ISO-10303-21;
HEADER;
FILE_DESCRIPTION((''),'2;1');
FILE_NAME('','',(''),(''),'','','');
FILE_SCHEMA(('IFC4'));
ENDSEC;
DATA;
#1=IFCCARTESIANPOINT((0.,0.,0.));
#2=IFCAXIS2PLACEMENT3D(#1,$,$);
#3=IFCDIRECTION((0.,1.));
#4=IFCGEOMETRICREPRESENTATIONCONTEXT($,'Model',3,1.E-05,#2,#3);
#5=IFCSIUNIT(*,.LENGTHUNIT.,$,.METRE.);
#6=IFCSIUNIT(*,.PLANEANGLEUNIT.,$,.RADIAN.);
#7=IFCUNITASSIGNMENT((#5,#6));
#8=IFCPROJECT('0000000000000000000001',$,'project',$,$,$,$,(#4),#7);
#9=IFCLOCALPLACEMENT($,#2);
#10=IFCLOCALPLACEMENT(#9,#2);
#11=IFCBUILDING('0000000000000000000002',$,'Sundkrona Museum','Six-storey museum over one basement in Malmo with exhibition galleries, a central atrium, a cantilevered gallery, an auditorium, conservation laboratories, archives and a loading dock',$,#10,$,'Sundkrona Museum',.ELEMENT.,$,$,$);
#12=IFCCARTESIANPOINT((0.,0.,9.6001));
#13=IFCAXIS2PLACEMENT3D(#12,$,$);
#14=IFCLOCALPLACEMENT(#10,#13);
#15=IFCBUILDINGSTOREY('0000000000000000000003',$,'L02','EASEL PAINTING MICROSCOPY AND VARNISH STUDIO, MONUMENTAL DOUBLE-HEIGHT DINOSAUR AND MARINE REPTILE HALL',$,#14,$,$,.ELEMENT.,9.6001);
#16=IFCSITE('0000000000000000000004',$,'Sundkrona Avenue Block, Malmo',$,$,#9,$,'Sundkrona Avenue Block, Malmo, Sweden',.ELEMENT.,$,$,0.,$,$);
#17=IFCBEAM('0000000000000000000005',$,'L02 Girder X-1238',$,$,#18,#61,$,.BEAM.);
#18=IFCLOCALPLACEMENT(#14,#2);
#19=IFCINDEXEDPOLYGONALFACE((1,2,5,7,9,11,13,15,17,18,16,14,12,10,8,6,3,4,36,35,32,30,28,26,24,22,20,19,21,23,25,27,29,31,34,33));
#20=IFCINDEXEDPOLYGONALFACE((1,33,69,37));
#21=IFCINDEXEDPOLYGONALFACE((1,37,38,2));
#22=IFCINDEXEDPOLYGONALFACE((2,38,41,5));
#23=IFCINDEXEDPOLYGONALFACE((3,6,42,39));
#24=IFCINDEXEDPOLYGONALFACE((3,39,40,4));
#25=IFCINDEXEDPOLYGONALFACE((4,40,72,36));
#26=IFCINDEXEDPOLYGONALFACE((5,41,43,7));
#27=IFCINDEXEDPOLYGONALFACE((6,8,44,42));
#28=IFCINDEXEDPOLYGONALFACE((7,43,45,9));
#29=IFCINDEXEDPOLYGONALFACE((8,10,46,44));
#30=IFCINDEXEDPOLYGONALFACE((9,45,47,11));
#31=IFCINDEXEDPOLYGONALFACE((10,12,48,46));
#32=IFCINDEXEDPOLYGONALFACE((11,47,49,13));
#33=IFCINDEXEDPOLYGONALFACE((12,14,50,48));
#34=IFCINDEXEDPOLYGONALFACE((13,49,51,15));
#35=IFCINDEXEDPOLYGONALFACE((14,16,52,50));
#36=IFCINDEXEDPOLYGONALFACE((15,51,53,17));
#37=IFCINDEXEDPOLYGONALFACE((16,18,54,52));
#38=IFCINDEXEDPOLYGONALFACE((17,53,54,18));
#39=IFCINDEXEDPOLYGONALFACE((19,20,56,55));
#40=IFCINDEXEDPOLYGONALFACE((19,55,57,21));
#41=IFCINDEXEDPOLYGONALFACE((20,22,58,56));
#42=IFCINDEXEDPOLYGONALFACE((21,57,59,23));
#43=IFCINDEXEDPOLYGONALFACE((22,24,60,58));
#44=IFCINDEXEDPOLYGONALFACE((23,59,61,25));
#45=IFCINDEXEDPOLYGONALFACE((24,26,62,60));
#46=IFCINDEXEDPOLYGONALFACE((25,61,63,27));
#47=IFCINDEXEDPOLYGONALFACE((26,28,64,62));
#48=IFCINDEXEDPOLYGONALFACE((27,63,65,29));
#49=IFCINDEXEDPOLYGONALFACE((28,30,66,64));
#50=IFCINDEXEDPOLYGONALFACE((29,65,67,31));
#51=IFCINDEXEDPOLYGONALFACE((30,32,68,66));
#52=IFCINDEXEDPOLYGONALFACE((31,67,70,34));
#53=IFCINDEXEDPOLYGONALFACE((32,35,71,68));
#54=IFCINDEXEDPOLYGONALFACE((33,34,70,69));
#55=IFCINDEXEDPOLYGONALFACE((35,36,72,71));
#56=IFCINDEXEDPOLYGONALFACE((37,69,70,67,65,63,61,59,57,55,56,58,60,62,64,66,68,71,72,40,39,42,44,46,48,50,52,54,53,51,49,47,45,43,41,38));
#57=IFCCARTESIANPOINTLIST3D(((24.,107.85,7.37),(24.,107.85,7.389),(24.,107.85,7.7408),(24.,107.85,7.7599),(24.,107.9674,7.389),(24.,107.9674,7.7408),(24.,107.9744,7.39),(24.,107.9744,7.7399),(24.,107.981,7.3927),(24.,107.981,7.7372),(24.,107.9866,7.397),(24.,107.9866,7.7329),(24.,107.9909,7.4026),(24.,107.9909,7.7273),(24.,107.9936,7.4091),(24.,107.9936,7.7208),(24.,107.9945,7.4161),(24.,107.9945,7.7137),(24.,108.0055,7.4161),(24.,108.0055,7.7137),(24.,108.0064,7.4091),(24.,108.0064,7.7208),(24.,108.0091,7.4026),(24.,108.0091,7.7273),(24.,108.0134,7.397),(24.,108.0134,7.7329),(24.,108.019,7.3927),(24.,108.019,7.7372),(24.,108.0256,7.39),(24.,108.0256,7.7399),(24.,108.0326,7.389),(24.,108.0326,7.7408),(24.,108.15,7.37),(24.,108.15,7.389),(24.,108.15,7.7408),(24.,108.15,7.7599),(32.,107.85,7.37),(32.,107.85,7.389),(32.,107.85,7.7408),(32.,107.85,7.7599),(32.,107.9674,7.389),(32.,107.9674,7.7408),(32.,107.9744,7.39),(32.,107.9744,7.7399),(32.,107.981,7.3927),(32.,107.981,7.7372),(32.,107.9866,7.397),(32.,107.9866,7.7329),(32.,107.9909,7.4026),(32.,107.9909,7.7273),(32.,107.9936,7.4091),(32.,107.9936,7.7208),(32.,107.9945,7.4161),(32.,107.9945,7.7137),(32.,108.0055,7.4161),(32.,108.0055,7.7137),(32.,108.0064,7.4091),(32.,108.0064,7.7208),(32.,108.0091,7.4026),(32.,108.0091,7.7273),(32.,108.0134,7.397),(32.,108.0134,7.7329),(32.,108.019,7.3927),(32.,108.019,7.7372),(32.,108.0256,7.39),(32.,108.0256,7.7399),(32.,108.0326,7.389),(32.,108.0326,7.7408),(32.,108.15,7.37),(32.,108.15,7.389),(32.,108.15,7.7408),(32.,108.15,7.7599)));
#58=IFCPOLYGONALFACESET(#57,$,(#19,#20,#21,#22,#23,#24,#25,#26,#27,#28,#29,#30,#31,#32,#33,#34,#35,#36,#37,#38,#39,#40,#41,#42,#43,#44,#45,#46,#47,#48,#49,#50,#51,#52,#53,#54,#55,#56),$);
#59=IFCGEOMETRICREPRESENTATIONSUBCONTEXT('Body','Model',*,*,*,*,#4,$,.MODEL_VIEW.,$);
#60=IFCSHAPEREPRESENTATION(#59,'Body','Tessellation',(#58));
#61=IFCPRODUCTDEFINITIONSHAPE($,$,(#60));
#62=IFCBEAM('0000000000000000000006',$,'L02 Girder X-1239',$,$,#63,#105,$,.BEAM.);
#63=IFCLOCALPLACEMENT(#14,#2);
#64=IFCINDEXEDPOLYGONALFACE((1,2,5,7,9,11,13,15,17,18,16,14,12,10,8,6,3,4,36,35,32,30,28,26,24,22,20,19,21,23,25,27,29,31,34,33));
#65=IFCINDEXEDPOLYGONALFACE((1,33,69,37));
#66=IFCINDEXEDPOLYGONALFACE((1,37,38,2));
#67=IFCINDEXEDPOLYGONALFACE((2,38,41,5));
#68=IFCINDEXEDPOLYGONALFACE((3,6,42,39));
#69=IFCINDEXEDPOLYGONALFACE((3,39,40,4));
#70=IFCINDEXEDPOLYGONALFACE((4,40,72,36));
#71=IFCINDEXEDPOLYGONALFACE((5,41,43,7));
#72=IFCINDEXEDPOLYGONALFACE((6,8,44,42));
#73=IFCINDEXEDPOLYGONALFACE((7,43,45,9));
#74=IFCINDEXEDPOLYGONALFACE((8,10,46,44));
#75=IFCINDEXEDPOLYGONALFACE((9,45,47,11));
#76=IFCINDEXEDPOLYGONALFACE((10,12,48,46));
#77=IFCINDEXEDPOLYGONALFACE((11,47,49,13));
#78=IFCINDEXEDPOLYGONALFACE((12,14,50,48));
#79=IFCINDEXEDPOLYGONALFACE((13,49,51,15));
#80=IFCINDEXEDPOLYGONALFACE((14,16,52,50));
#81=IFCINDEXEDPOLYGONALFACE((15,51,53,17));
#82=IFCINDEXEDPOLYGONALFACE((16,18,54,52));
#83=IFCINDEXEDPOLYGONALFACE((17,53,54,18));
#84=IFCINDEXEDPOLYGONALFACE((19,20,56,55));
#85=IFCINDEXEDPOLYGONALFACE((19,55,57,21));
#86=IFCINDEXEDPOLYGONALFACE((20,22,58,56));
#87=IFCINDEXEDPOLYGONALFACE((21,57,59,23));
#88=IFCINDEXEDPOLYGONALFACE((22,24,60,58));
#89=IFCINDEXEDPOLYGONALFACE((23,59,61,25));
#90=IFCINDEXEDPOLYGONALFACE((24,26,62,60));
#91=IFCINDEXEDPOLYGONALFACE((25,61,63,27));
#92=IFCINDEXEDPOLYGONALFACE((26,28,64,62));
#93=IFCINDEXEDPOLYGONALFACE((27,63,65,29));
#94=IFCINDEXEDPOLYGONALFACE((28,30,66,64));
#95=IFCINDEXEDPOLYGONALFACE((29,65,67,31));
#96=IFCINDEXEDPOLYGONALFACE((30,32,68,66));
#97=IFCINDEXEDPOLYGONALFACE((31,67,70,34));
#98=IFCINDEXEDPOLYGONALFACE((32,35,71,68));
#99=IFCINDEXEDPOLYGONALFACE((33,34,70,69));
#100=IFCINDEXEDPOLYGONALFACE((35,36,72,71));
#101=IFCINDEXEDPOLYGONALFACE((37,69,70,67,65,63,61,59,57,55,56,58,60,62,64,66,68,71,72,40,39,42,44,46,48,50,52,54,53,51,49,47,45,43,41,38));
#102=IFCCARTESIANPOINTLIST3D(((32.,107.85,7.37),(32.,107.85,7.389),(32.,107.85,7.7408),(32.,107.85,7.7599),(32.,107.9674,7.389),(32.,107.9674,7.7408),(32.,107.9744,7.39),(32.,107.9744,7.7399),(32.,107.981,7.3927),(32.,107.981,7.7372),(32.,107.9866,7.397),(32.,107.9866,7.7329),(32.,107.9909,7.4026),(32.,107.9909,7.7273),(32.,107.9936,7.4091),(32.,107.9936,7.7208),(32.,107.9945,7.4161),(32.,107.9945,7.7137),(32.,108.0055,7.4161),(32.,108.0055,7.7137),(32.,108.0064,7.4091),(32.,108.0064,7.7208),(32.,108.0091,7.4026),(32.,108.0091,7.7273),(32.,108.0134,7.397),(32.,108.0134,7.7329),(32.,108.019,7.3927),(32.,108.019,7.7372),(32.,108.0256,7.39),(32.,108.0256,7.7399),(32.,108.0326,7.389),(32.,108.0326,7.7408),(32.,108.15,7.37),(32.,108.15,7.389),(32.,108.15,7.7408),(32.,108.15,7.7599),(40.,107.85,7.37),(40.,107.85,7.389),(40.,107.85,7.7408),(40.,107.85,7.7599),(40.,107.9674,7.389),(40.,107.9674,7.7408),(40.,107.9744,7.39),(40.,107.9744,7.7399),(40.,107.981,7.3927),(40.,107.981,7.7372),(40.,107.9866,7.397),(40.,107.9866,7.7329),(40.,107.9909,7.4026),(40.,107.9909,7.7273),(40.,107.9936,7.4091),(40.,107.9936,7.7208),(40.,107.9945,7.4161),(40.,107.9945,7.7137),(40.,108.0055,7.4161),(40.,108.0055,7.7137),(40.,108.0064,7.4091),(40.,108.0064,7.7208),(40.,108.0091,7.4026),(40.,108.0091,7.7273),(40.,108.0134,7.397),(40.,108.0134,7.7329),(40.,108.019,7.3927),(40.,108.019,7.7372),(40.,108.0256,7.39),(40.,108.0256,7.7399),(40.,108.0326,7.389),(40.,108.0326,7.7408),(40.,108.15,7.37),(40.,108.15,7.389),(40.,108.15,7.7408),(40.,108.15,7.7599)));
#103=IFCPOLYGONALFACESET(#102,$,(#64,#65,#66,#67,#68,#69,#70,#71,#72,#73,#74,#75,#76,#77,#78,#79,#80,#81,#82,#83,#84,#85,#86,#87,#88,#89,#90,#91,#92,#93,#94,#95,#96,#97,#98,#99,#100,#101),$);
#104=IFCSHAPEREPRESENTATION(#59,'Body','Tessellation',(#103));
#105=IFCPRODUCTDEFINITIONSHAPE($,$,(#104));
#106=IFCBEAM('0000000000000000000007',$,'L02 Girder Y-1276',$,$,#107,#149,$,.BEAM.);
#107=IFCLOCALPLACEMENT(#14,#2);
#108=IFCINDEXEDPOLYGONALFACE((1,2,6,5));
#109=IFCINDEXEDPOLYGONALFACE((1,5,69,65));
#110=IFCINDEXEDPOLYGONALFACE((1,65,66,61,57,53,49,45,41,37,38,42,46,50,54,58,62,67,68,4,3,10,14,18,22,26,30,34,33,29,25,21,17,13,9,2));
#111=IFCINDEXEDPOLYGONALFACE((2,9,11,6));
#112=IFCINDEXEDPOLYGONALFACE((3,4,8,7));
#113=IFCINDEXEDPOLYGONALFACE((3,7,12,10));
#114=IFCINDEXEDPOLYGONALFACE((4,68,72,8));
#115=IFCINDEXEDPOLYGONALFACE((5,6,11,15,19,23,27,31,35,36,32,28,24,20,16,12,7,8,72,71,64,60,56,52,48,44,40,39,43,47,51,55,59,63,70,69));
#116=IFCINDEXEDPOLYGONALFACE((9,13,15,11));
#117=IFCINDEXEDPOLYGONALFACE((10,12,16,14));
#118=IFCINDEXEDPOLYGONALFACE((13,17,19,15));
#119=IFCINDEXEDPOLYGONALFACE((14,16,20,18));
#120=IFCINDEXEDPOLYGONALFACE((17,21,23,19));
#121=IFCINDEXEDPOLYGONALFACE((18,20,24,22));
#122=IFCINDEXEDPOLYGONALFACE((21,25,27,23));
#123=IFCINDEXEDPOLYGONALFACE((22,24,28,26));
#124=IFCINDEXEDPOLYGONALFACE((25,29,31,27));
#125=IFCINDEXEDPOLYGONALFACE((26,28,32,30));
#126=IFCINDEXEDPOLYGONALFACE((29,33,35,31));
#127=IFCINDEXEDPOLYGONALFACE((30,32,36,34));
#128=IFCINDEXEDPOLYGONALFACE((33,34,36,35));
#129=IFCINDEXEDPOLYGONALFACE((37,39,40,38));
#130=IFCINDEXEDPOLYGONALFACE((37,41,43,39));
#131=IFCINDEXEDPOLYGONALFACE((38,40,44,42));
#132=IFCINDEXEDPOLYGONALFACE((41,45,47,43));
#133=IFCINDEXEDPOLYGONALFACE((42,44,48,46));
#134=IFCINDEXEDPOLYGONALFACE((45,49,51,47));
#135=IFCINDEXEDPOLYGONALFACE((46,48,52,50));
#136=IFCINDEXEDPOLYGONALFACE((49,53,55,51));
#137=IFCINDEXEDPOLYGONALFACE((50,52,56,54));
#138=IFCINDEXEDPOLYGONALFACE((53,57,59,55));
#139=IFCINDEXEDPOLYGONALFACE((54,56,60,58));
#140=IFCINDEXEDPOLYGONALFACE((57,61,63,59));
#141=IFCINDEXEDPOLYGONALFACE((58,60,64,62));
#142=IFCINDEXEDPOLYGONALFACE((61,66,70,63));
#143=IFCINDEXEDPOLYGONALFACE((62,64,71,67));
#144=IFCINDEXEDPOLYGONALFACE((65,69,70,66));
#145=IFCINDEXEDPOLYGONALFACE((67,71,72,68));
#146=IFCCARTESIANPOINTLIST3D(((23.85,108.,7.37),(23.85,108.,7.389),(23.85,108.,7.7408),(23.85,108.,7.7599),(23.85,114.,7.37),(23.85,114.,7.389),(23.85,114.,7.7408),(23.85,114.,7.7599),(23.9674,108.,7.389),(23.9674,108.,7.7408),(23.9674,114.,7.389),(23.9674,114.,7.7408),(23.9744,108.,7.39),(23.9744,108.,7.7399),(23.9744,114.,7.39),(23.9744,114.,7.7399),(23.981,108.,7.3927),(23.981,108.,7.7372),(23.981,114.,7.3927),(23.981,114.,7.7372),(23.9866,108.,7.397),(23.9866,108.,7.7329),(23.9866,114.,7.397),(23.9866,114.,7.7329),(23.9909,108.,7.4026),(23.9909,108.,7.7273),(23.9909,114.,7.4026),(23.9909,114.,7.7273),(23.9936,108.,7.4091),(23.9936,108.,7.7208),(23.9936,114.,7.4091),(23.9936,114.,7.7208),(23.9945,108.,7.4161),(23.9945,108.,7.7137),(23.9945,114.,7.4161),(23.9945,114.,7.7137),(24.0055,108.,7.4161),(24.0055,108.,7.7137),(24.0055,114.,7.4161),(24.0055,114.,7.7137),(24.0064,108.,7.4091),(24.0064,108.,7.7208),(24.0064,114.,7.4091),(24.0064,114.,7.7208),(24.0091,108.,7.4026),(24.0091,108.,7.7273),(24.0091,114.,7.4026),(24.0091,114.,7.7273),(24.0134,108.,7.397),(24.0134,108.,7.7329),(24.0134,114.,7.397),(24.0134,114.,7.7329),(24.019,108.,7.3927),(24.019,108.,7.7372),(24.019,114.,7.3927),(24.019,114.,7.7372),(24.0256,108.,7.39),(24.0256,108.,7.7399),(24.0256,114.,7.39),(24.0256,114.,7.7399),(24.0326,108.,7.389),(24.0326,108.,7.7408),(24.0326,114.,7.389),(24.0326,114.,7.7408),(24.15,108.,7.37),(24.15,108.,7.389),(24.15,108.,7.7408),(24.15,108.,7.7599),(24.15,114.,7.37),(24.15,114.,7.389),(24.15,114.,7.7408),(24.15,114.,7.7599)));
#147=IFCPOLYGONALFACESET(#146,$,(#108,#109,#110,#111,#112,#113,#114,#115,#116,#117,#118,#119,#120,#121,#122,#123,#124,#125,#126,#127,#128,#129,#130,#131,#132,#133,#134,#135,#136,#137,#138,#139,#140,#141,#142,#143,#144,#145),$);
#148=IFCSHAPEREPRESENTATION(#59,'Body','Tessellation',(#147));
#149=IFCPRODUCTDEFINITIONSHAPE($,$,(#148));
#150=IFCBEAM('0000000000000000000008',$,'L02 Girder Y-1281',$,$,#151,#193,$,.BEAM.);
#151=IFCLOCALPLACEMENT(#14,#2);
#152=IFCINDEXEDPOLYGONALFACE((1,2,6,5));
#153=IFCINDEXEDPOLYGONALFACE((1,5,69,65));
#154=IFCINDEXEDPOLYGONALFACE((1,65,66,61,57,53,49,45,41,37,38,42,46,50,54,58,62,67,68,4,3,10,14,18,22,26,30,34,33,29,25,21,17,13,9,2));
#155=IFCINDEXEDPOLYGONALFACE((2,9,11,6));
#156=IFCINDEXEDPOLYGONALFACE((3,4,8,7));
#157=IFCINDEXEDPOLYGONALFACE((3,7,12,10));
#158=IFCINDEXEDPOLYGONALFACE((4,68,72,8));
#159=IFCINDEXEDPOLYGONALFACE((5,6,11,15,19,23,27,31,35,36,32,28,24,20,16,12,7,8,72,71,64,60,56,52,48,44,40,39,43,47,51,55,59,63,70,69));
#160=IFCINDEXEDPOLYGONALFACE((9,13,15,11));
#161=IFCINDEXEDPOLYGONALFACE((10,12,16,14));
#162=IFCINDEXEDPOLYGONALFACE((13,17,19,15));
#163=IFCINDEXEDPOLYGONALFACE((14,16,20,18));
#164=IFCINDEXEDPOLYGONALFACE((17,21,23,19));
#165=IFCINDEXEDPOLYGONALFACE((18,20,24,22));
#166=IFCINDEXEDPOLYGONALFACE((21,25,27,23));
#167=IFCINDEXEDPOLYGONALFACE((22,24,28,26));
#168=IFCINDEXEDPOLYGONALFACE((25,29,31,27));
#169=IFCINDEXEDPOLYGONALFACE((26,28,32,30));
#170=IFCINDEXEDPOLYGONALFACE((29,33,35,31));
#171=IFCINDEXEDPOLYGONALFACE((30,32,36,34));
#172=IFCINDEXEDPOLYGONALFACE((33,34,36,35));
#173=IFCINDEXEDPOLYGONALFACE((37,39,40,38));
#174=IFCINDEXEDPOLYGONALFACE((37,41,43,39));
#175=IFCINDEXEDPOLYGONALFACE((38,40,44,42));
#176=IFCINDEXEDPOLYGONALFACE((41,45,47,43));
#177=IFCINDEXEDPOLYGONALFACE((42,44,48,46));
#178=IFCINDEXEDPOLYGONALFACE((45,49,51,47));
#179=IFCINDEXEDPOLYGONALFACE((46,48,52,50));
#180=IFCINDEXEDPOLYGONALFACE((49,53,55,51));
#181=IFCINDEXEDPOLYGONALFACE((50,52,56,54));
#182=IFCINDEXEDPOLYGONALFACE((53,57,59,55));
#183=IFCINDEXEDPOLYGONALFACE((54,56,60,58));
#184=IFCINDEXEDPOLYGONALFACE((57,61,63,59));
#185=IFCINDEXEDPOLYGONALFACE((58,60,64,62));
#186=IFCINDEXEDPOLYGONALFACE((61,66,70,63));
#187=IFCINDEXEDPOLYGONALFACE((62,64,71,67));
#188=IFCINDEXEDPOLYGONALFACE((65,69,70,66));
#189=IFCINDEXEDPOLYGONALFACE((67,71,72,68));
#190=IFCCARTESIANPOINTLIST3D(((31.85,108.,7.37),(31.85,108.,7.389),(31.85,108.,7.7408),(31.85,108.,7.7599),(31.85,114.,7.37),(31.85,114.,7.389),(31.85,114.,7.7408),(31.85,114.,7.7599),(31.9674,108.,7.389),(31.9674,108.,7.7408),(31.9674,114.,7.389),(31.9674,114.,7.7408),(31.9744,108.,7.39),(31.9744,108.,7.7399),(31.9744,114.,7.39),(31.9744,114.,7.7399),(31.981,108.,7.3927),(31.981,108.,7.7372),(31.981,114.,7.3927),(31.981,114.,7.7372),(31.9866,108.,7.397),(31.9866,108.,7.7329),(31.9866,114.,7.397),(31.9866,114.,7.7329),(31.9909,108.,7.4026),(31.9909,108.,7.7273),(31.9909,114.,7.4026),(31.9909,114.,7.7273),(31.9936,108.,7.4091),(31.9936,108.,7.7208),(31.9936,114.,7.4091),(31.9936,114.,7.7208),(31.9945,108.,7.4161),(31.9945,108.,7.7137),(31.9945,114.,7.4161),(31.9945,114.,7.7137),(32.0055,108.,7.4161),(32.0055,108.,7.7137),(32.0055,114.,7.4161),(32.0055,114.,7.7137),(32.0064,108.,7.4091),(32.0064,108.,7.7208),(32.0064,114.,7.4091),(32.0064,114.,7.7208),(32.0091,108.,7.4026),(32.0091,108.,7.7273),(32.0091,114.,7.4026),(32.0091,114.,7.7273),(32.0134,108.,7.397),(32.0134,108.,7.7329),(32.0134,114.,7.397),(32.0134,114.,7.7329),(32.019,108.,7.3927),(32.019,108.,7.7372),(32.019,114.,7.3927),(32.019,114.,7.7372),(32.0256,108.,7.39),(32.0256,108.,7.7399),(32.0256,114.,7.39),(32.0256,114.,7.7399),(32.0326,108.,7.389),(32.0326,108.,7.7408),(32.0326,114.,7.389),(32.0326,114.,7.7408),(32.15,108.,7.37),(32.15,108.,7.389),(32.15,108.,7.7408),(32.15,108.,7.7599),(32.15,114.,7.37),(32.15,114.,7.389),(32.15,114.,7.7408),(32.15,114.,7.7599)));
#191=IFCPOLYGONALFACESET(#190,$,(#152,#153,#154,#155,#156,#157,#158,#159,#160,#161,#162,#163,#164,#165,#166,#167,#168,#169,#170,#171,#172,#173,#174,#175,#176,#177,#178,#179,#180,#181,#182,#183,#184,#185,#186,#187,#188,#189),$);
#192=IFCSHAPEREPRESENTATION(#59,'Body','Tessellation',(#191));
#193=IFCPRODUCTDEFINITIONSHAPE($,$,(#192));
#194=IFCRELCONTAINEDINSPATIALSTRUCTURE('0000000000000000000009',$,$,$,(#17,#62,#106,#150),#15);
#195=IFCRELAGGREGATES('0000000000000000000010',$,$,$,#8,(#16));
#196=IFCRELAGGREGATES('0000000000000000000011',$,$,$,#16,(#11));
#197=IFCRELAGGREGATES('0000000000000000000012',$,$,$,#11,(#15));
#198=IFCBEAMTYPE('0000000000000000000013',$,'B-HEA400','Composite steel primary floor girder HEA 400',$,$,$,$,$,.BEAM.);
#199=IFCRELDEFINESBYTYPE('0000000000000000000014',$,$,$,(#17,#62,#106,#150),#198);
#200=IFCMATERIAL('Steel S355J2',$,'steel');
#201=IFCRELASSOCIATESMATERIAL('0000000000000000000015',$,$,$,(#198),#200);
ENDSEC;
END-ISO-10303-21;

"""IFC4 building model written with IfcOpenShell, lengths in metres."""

from ifc_helpers import new_model, si_unit, direction, frame, origin, origin_2d, place, context, subcontext, project, spatial, i_section, extrude, material, material_profile, profile_set, type_object, element, save


model = new_model("IFC4")

# Units and contexts
model_context = context("Model", 3, precision=1e-05, world=origin(), true_north=direction((0.0, 1.0)))
body_context = subcontext(model_context, "Body", "Model", "MODEL_VIEW")
ifc_project = project(units=[si_unit("LENGTHUNIT", "METRE"), si_unit("PLANEANGLEUNIT", "RADIAN")], contexts=[model_context])

# Site, building, storey
site_placement = place(None, origin())
site = spatial("IfcSite", under=ifc_project, at=site_placement, Name="Sundkrona Avenue Block, Malmo", LongName="Sundkrona Avenue Block, Malmo, Sweden", CompositionType="ELEMENT", RefElevation=0.0)
building_placement = place(site_placement, origin())
building = spatial("IfcBuilding", under=site, at=building_placement, Name="Sundkrona Museum", Description="Six-storey museum over one basement in Malmo with exhibition galleries, a central atrium, a cantilevered gallery, an auditorium, conservation laboratories, archives and a loading dock", LongName="Sundkrona Museum", CompositionType="ELEMENT")
storey_placement = place(building_placement, frame((0.0, 0.0, 9.6001)))
storey = spatial("IfcBuildingStorey", under=building, at=storey_placement, Name="L02", Description="EASEL PAINTING MICROSCOPY AND VARNISH STUDIO, MONUMENTAL DOUBLE-HEIGHT DINOSAUR AND MARINE REPTILE HALL", CompositionType="ELEMENT", Elevation=9.6001)

# Shared definitions
ifc_material_1 = material(Name="Steel S355J2", Category="steel")

# Beams
ifc_material_profile_1 = material_profile(ifc_material_1, i_section(OverallWidth=0.3, OverallDepth=0.3899, WebThickness=0.011, FlangeThickness=0.019, FilletRadius=0.0271, at=origin_2d()), Name="HEA 400")
ifc_profile_set_1 = profile_set([ifc_material_profile_1], Name="Steel S355J2")
beam_type_1 = type_object("IfcBeamType", Name="B-HEA400", Description="Composite steel primary floor girder HEA 400", PredefinedType="BEAM", material=ifc_profile_set_1)
for number, where, z_axis, x_axis, name in (
    (1, (24.0, 108.0, 7.5649), (1.0, 0.0, 0.0), (0.0, 1.0, 0.0), "L02 Girder X-1238"),
    (2, (32.0, 108.0, 7.5649), (1.0, 0.0, 0.0), (0.0, 1.0, 0.0), "L02 Girder X-1239"),
):
    element("IfcBeam", number, at=place(storey_placement, frame(where, z_axis=z_axis, x_axis=x_axis)), inside=storey, type_object=beam_type_1, Name=name, PredefinedType="BEAM", context=body_context, shape_type="SweptSolid", body=[
        extrude(i_section(OverallWidth=0.3, OverallDepth=0.3899, WebThickness=0.011, FlangeThickness=0.019, FilletRadius=0.0271, at=origin_2d()), origin(), (0.0, 0.0, 1.0), 8.0),
    ])
for number, where, z_axis, x_axis, name in (
    (3, (24.0, 108.0, 7.5649), (0.0, 1.0, 0.0), (-1.0, 0.0, 0.0), "L02 Girder Y-1276"),
    (4, (32.0, 108.0, 7.5649), (0.0, 1.0, 0.0), (-1.0, 0.0, 0.0), "L02 Girder Y-1281"),
):
    element("IfcBeam", number, at=place(storey_placement, frame(where, z_axis=z_axis, x_axis=x_axis)), inside=storey, type_object=beam_type_1, Name=name, PredefinedType="BEAM", context=body_context, shape_type="SweptSolid", body=[
        extrude(i_section(OverallWidth=0.3, OverallDepth=0.3899, WebThickness=0.011, FlangeThickness=0.019, FilletRadius=0.0271, at=origin_2d()), origin(), (0.0, 0.0, 1.0), 6.0),
    ])

save(model, "model.ifc")
